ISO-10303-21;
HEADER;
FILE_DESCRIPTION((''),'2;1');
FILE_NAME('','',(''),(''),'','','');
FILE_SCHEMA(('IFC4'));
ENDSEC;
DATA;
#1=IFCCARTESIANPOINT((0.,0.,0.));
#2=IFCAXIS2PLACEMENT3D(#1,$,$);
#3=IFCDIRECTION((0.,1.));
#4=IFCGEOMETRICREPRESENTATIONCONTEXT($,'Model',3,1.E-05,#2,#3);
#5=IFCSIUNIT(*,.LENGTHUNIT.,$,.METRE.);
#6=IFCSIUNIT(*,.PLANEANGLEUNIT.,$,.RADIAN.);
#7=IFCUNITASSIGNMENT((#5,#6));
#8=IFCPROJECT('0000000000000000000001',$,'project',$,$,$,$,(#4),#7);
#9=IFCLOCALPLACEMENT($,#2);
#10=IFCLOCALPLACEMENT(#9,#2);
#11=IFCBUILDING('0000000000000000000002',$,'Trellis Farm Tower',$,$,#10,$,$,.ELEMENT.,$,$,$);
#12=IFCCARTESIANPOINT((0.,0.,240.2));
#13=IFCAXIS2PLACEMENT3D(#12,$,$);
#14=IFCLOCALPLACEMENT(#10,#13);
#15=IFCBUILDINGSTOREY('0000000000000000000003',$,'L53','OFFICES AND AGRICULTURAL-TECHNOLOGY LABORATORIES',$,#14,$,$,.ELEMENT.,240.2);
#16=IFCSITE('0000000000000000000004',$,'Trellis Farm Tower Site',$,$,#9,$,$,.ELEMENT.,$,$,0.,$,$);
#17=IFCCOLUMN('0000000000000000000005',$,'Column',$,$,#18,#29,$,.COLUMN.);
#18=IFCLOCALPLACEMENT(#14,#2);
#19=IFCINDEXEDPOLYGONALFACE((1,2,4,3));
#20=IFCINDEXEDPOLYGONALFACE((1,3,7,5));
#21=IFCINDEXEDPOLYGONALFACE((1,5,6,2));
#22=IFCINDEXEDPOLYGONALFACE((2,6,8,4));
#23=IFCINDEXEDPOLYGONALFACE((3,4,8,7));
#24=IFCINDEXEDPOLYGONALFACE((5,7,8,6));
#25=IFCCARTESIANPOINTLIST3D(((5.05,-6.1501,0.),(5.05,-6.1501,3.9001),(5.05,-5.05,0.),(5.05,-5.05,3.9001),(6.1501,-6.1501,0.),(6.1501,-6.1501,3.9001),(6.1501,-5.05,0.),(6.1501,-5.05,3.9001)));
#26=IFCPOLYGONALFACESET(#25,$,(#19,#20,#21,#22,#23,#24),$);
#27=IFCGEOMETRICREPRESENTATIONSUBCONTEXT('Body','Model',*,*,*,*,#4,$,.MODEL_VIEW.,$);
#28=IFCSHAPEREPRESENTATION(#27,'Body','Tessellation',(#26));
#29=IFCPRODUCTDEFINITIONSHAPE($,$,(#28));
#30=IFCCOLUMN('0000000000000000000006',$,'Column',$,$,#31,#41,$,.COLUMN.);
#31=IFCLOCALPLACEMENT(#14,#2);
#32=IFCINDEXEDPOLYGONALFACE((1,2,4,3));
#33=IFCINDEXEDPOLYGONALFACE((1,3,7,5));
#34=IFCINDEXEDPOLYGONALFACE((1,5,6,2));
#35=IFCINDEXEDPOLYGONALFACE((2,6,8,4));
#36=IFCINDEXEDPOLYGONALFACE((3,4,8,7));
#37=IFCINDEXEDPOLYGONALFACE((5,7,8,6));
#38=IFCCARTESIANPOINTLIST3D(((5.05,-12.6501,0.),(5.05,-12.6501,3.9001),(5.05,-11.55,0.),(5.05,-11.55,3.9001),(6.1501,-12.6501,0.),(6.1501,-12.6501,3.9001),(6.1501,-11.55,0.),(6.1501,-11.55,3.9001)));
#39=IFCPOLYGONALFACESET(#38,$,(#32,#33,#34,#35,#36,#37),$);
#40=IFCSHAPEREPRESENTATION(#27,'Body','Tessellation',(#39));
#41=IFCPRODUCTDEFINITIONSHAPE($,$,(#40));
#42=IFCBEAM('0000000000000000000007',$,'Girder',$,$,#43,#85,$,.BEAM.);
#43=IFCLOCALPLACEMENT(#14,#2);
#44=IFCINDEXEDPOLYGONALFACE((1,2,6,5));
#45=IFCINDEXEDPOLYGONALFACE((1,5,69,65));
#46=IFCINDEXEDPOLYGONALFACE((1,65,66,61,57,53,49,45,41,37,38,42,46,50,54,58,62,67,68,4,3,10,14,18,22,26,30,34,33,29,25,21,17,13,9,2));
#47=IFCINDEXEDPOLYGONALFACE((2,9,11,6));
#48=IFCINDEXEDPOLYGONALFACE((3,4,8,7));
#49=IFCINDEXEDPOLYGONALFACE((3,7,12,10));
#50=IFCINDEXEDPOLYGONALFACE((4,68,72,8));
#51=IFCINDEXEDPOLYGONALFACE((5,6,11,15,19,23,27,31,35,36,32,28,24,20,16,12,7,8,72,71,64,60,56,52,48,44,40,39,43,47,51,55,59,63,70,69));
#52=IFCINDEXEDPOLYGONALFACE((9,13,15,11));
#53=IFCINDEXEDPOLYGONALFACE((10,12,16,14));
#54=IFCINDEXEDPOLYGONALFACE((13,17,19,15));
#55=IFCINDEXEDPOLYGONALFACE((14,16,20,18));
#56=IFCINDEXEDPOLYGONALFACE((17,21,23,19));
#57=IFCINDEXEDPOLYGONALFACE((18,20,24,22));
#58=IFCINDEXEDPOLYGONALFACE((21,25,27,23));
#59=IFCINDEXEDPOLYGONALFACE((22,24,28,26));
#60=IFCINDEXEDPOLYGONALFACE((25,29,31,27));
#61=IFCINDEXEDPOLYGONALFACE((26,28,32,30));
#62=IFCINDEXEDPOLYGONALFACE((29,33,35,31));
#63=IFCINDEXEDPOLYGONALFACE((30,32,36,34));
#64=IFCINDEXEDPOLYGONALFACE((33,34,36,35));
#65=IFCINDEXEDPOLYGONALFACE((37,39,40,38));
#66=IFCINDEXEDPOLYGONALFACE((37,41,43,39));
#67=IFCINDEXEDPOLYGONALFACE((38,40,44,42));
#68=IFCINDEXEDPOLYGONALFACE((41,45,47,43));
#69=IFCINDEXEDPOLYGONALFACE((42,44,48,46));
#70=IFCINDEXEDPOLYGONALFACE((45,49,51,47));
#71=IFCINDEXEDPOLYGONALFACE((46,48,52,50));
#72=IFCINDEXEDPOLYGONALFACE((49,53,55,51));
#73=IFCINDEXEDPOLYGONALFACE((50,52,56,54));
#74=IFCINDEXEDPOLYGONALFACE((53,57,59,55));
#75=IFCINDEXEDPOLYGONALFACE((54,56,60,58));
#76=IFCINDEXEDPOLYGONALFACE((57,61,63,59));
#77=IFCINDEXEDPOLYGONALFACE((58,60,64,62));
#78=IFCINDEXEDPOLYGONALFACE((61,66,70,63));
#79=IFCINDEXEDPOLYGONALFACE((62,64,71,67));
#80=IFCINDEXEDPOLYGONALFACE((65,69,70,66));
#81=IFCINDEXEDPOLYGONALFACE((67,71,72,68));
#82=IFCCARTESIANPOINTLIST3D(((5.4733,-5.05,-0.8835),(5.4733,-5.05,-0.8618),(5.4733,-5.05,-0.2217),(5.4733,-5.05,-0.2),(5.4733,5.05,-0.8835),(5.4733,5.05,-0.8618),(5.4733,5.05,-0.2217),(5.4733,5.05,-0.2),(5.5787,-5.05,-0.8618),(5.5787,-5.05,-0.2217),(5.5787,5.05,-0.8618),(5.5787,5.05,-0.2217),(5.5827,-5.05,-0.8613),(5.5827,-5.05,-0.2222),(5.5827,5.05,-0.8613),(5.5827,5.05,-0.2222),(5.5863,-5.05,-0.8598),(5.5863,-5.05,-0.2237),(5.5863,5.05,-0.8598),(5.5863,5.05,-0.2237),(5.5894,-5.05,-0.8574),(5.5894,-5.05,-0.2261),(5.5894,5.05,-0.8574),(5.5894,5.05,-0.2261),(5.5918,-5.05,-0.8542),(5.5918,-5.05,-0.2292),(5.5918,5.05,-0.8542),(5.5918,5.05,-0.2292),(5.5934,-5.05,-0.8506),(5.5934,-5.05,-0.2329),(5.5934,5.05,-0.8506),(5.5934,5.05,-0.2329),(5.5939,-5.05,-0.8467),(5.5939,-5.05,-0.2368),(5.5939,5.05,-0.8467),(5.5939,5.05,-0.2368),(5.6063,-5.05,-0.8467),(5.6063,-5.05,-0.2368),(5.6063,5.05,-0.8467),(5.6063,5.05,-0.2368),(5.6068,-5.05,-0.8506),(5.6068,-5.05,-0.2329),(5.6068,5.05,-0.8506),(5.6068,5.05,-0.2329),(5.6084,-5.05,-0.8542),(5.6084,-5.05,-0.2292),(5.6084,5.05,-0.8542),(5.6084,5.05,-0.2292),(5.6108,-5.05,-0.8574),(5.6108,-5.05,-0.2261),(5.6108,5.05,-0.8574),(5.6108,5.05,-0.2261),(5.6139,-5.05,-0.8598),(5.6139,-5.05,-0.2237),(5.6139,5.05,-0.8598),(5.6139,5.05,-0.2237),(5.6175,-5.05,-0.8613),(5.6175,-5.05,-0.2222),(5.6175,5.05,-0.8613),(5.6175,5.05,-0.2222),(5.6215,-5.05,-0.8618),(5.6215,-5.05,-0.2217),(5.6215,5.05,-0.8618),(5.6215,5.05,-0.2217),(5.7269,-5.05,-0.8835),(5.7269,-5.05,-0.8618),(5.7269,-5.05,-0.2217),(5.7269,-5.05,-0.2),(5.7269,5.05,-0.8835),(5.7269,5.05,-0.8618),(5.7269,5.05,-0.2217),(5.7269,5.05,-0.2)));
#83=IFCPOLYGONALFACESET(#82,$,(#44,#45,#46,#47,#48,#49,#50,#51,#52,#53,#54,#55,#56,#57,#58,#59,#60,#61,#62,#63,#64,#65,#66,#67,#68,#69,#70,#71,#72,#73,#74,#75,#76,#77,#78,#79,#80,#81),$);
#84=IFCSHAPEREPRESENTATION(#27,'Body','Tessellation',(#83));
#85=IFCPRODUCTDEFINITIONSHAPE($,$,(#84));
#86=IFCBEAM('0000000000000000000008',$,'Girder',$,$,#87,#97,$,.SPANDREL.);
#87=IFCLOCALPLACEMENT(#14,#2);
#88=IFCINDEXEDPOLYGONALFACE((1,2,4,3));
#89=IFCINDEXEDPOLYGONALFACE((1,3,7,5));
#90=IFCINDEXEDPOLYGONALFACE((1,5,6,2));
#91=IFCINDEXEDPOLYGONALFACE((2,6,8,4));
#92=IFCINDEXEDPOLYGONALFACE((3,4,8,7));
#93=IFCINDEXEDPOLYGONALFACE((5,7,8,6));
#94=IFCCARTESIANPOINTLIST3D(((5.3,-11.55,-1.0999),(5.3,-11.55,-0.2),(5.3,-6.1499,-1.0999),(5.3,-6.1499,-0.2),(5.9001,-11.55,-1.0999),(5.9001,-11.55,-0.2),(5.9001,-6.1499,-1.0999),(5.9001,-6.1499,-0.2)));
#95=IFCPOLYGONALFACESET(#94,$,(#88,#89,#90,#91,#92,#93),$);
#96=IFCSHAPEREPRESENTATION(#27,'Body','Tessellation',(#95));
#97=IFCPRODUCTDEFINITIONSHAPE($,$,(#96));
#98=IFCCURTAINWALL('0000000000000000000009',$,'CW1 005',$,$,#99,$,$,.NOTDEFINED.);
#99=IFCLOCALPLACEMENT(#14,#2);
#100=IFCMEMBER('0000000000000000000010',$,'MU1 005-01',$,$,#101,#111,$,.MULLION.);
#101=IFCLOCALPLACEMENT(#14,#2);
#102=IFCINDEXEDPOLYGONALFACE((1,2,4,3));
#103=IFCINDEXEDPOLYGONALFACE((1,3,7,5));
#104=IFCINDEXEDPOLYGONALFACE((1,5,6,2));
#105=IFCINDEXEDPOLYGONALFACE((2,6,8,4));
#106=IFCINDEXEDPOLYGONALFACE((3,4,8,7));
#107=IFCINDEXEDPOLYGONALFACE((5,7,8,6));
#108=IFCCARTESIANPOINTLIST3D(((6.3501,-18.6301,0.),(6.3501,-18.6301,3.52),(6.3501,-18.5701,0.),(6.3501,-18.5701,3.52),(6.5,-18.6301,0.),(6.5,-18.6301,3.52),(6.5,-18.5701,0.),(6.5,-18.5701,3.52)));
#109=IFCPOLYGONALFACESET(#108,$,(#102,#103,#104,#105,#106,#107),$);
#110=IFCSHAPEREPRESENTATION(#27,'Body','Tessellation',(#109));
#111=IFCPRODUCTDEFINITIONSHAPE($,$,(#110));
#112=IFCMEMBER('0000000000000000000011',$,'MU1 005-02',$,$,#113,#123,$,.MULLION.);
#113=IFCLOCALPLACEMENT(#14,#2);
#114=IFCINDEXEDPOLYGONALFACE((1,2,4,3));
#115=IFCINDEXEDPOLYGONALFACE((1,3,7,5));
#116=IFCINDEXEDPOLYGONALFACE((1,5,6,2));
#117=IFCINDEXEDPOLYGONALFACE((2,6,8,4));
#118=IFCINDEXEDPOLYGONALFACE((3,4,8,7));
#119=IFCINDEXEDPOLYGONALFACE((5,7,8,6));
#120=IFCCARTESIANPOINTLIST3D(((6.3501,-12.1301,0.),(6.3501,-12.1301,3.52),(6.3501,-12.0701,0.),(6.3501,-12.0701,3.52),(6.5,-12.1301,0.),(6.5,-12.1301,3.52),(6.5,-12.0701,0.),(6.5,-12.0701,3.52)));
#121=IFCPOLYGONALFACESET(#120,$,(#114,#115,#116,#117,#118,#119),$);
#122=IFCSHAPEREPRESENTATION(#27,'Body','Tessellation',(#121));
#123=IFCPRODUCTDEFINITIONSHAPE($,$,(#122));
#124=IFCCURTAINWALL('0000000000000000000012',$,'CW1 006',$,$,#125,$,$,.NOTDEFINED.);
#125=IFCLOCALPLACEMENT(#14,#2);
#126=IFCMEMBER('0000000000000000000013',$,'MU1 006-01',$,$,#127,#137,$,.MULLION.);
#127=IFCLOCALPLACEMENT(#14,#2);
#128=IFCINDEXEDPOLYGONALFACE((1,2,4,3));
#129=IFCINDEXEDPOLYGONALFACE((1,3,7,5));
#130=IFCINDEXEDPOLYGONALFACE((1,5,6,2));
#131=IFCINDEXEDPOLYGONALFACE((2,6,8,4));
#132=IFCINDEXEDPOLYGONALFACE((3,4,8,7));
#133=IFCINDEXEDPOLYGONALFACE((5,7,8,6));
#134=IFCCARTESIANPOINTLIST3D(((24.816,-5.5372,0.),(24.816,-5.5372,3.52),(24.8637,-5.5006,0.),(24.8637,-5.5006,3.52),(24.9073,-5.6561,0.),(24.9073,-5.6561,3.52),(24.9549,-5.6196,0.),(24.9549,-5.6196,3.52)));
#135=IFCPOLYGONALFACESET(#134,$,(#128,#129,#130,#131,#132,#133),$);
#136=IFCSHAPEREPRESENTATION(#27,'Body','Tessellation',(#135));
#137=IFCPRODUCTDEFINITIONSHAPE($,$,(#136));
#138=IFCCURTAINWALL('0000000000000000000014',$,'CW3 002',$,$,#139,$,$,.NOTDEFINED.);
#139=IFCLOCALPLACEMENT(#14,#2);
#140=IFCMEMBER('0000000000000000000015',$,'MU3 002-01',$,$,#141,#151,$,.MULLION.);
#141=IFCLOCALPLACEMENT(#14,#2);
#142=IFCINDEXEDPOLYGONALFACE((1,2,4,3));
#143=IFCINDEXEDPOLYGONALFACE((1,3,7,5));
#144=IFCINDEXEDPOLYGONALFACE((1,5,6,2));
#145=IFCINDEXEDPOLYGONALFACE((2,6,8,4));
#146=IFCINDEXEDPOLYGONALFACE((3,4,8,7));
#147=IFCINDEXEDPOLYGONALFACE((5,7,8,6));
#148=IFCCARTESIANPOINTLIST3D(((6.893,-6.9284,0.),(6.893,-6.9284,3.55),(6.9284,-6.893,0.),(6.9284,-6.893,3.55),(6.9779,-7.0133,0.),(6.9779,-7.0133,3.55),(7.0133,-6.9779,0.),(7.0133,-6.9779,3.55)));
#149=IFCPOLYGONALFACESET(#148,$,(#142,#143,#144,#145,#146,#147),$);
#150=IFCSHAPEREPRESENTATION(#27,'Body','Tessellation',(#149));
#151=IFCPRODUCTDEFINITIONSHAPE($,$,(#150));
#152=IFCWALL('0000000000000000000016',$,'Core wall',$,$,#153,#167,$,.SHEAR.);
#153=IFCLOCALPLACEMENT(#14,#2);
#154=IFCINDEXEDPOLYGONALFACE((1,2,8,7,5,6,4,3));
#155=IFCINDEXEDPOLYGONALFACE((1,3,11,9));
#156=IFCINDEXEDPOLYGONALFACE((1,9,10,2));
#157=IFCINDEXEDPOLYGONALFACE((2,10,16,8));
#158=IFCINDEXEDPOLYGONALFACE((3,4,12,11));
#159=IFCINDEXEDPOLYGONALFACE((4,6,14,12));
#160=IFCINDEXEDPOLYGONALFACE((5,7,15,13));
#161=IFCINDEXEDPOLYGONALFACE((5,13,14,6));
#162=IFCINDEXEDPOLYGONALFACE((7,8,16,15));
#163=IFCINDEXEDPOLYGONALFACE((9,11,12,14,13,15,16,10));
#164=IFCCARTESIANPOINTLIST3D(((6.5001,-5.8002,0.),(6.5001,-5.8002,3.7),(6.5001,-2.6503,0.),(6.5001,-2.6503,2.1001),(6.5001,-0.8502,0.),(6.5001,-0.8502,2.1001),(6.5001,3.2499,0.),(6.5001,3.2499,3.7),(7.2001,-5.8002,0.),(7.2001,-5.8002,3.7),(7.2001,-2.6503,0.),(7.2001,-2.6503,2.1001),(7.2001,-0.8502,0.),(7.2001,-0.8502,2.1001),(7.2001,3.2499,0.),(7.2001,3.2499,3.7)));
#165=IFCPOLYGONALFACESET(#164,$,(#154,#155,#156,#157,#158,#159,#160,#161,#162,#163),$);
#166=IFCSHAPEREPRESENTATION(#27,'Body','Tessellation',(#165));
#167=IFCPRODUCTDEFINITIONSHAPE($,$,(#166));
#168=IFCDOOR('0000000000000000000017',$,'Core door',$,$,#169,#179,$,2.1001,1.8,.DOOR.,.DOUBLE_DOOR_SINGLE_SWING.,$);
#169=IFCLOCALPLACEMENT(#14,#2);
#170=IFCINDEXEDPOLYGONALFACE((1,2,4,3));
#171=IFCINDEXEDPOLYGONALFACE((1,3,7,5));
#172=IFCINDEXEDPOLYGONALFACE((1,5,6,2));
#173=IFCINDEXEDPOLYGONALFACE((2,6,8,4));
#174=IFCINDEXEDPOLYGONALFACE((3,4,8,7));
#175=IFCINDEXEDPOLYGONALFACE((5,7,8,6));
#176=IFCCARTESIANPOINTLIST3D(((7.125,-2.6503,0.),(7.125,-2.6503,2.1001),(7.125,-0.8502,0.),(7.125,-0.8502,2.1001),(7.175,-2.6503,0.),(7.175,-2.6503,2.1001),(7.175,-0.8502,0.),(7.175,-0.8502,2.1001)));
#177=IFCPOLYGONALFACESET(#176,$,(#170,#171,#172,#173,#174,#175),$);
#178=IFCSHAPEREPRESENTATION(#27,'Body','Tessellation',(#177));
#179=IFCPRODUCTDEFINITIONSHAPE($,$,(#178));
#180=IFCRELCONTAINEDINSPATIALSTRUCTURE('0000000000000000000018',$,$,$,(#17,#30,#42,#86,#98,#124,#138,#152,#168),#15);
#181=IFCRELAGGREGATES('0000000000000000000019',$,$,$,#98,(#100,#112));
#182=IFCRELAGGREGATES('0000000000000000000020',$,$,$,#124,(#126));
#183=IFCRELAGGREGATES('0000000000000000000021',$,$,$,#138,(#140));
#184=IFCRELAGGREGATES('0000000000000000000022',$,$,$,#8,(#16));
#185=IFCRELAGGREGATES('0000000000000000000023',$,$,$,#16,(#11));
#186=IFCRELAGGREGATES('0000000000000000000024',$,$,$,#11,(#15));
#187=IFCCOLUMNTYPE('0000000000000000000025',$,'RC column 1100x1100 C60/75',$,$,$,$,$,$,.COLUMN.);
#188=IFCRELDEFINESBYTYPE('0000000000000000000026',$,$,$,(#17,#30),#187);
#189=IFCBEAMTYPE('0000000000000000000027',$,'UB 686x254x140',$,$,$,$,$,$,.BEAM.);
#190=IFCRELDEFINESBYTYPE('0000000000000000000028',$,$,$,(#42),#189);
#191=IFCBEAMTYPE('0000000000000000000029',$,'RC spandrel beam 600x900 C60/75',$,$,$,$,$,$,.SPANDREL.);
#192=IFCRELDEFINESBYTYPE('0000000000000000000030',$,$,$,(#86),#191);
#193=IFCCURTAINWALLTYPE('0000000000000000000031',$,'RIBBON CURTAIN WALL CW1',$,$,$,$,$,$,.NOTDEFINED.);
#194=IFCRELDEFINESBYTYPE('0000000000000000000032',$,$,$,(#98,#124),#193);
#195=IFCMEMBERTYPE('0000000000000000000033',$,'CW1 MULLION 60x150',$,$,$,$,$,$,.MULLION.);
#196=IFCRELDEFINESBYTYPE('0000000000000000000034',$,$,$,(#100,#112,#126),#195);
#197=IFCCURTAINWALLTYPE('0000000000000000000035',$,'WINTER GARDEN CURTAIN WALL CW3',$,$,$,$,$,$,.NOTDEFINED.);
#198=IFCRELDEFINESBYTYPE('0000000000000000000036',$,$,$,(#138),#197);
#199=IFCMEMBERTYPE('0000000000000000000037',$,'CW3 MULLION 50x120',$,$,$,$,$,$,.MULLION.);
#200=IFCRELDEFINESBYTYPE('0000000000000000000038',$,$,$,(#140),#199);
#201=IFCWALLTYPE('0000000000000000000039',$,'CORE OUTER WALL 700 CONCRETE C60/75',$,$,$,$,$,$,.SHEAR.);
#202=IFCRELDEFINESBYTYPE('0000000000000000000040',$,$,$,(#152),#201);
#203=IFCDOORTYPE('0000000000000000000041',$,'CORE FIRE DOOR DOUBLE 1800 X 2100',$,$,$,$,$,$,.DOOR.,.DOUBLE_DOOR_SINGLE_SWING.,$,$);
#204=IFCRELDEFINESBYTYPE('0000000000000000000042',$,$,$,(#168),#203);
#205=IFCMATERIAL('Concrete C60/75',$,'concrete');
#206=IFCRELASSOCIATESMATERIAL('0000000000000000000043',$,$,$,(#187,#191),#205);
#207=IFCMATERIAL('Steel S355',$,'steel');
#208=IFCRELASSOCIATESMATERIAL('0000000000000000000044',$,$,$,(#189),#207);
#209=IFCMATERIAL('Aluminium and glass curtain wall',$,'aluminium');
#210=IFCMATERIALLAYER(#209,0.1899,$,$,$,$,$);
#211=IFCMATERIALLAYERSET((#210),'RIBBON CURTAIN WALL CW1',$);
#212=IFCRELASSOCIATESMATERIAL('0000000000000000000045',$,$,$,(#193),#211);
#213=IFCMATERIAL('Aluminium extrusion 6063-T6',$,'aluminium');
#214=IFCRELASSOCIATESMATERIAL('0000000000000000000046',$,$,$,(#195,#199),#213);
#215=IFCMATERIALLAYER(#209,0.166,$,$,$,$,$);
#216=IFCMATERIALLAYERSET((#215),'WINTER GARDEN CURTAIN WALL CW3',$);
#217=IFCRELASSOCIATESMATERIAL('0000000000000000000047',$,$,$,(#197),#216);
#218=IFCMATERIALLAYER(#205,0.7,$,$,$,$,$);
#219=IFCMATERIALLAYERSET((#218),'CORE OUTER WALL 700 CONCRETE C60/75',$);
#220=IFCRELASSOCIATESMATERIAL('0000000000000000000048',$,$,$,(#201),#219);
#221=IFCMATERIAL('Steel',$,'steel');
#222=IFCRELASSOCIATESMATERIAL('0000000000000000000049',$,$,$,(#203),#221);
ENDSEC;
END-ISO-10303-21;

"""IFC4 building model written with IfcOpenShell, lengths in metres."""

from ifc_helpers import new_model, si_unit, direction, frame, frame_2d, origin, origin_2d, place, context, subcontext, project, spatial, rectangle, i_section, extrude, source, transform, mapped, material, layer, layer_set, material_profile, profile_set, type_object, element, fill, aggregate, save


model = new_model("IFC4")

# Units and contexts
model_context = context("Model", 3, precision=1e-05, world=origin(), true_north=direction((0.0, 1.0)))
body_context = subcontext(model_context, "Body", "Model", "MODEL_VIEW")
ifc_project = project(units=[si_unit("LENGTHUNIT", "METRE"), si_unit("PLANEANGLEUNIT", "RADIAN")], contexts=[model_context])

# Site, building, storey
site_placement = place(None, origin())
site = spatial("IfcSite", under=ifc_project, at=site_placement, Name="Trellis Farm Tower Site", CompositionType="ELEMENT", RefElevation=0.0)
building_placement = place(site_placement, origin())
building = spatial("IfcBuilding", under=site, at=building_placement, Name="Trellis Farm Tower", CompositionType="ELEMENT")
storey_placement = place(building_placement, frame((0.0, 0.0, 240.2)))
storey = spatial("IfcBuildingStorey", under=building, at=storey_placement, Name="L53", Description="OFFICES AND AGRICULTURAL-TECHNOLOGY LABORATORIES", CompositionType="ELEMENT", Elevation=240.2)

# Columns
ifc_material_1 = material(Name="Concrete C60/75", Category="concrete")
ifc_material_profile_1 = material_profile(ifc_material_1, rectangle(XDim=1.1001, YDim=1.1001, at=origin_2d()), Name="RC column 1100x1100 C60/75")
ifc_profile_set_1 = profile_set([ifc_material_profile_1], Name="Concrete C60/75")
column_type = type_object("IfcColumnType", Name="RC column 1100x1100 C60/75", PredefinedType="COLUMN", material=ifc_profile_set_1)
shared_shape_1 = source(origin(), body_context, "Body", "SweptSolid", [
    extrude(rectangle(XDim=1.1001, YDim=1.1001, at=origin_2d()), origin(), (0.0, 0.0, 1.0), 3.9001),
])
for number, where, z_axis, x_axis, name in (
    (1, (5.6001, -5.6001, 0.0), (0.0, 0.0, 1.0), (1.0, 0.0, 0.0), "Column"),
    (2, (5.6001, -12.1001, 0.0), (0.0, 0.0, 1.0), (1.0, 0.0, 0.0), "Column"),
):
    element("IfcColumn", number, at=place(storey_placement, frame(where, z_axis=z_axis, x_axis=x_axis)), inside=storey, type_object=column_type, Name=name, PredefinedType="COLUMN", context=body_context, shape_type="MappedRepresentation", body=[
        mapped(shared_shape_1, transform((0.0, 0.0, 0.0))),
    ])

# Beams
ifc_material_2 = material(Name="Steel S355", Category="steel")
ifc_material_profile_2 = material_profile(ifc_material_2, i_section(OverallWidth=0.2537, OverallDepth=0.6836, WebThickness=0.0125, FlangeThickness=0.0217, FilletRadius=0.0151, at=origin_2d()), Name="UB 686x254x140")
ifc_profile_set_2 = profile_set([ifc_material_profile_2], Name="Steel S355")
beam_type_1 = type_object("IfcBeamType", Name="UB 686x254x140", PredefinedType="BEAM", material=ifc_profile_set_2)
shared_shape_2 = source(origin(), body_context, "Body", "SweptSolid", [
    extrude(i_section(OverallWidth=0.2537, OverallDepth=0.6836, WebThickness=0.0125, FlangeThickness=0.0217, FilletRadius=0.0151, at=origin_2d()), origin(), (0.0, 0.0, 1.0), 10.1001),
])
beam_1_placement = place(storey_placement, frame((5.6001, -5.05, -0.5417), z_axis=(0.0, 1.0, 0.0), x_axis=(-1.0, 0.0, 0.0)))
element("IfcBeam", 3, at=beam_1_placement, inside=storey, type_object=beam_type_1, Name="Girder", PredefinedType="BEAM", context=body_context, shape_type="MappedRepresentation", body=[
    mapped(shared_shape_2, transform((0.0, 0.0, 0.0))),
])
ifc_material_profile_3 = material_profile(ifc_material_1, rectangle(XDim=0.6001, YDim=0.8999, at=origin_2d()), Name="RC spandrel beam 600x900 C60/75")
ifc_profile_set_3 = profile_set([ifc_material_profile_3], Name="Concrete C60/75")
beam_type_2 = type_object("IfcBeamType", Name="RC spandrel beam 600x900 C60/75", PredefinedType="SPANDREL", material=ifc_profile_set_3)
shared_shape_3 = source(origin(), body_context, "Body", "SweptSolid", [
    extrude(rectangle(XDim=0.6001, YDim=0.8999, at=origin_2d()), origin(), (0.0, 0.0, 1.0), 5.4001),
])
beam_2_placement = place(storey_placement, frame((5.6001, -11.55, -0.6499), z_axis=(0.0, 1.0, 0.0), x_axis=(-1.0, 0.0, 0.0)))
element("IfcBeam", 4, at=beam_2_placement, inside=storey, type_object=beam_type_2, Name="Girder", PredefinedType="SPANDREL", context=body_context, shape_type="MappedRepresentation", body=[
    mapped(shared_shape_3, transform((0.0, 0.0, 0.0))),
])

# Curtain wall, members
ifc_material_3 = material(Name="Aluminium and glass curtain wall", Category="aluminium")
ifc_layer_1 = layer(ifc_material_3, 0.1899)
ifc_layer_set_1 = layer_set([ifc_layer_1], Name="RIBBON CURTAIN WALL CW1")
curtain_wall_type_1 = type_object("IfcCurtainWallType", Name="RIBBON CURTAIN WALL CW1", PredefinedType="NOTDEFINED", material=ifc_layer_set_1)
placement = place(storey_placement, origin())
curtain_wall_1 = element("IfcCurtainWall", 5, at=placement, inside=storey, type_object=curtain_wall_type_1, Name="CW1 005", PredefinedType="NOTDEFINED")
ifc_material_4 = material(Name="Aluminium extrusion 6063-T6", Category="aluminium")
ifc_material_profile_4 = material_profile(ifc_material_4, rectangle(XDim=0.0601, YDim=0.1499, at=origin_2d()), Name="MULLION 60x150")
ifc_profile_set_4 = profile_set([ifc_material_profile_4], Name="Aluminium extrusion 6063-T6")
member_type_1 = type_object("IfcMemberType", Name="CW1 MULLION 60x150", PredefinedType="MULLION", material=ifc_profile_set_4)
shared_shape_4 = source(origin(), body_context, "Body", "SweptSolid", [
    extrude(rectangle(XDim=0.0601, YDim=0.1499, at=origin_2d()), origin(), (0.0, 0.0, 1.0), 3.52),
])
member_1_placement = place(storey_placement, frame((6.425, -18.6001, 0.0), z_axis=(0.0, 0.0, 1.0), x_axis=(0.0, 1.0, 0.0)))
member_1 = element("IfcMember", 6, at=member_1_placement, type_object=member_type_1, Name="MU1 005-01", PredefinedType="MULLION", context=body_context, shape_type="MappedRepresentation", body=[
    mapped(shared_shape_4, transform((0.0, 0.0, 0.0))),
])
member_2_placement = place(storey_placement, frame((6.425, -12.1001, 0.0), z_axis=(0.0, 0.0, 1.0), x_axis=(0.0, 1.0, 0.0)))
member_2 = element("IfcMember", 7, at=member_2_placement, type_object=member_type_1, Name="MU1 005-02", PredefinedType="MULLION", context=body_context, shape_type="MappedRepresentation", body=[
    mapped(shared_shape_4, transform((0.0, 0.0, 0.0))),
])
aggregate(curtain_wall_1, [member_1, member_2])

# Curtain walls, members
curtain_wall_2 = element("IfcCurtainWall", 8, at=placement, inside=storey, type_object=curtain_wall_type_1, Name="CW1 006", PredefinedType="NOTDEFINED")
member_3_placement = place(storey_placement, frame((24.8855, -5.5784, 0.0), z_axis=(0.0, 0.0, 1.0), x_axis=(0.793353, 0.608761, 0.0)))
member_3 = element("IfcMember", 9, at=member_3_placement, type_object=member_type_1, Name="MU1 006-01", PredefinedType="MULLION", context=body_context, shape_type="MappedRepresentation", body=[
    mapped(shared_shape_4, transform((0.0, 0.0, 0.0))),
])
aggregate(curtain_wall_2, [member_3])
ifc_layer_2 = layer(ifc_material_3, 0.166)
ifc_layer_set_2 = layer_set([ifc_layer_2], Name="WINTER GARDEN CURTAIN WALL CW3")
curtain_wall_type_2 = type_object("IfcCurtainWallType", Name="WINTER GARDEN CURTAIN WALL CW3", PredefinedType="NOTDEFINED", material=ifc_layer_set_2)
curtain_wall_3 = element("IfcCurtainWall", 10, at=placement, inside=storey, type_object=curtain_wall_type_2, Name="CW3 002", PredefinedType="NOTDEFINED")
ifc_material_profile_5 = material_profile(ifc_material_4, rectangle(XDim=0.05, YDim=0.1201, at=origin_2d()), Name="MULLION 50x120")
ifc_profile_set_5 = profile_set([ifc_material_profile_5], Name="Aluminium extrusion 6063-T6")
member_type_2 = type_object("IfcMemberType", Name="CW3 MULLION 50x120", PredefinedType="MULLION", material=ifc_profile_set_5)
shared_shape_5 = source(origin(), body_context, "Body", "SweptSolid", [
    extrude(rectangle(XDim=0.05, YDim=0.1201, at=origin_2d()), origin(), (0.0, 0.0, 1.0), 3.55),
])
member_4_placement = place(storey_placement, frame((6.9531, -6.9531, 0.0), z_axis=(0.0, 0.0, 1.0), x_axis=(0.707107, 0.707107, 0.0)))
member_4 = element("IfcMember", 11, at=member_4_placement, type_object=member_type_2, Name="MU3 002-01", PredefinedType="MULLION", context=body_context, shape_type="MappedRepresentation", body=[
    mapped(shared_shape_5, transform((0.0, 0.0, 0.0))),
])
aggregate(curtain_wall_3, [member_4])

# Wall, opening, door
ifc_layer_3 = layer(ifc_material_1, 0.7)
ifc_layer_set_3 = layer_set([ifc_layer_3], Name="CORE OUTER WALL 700 CONCRETE C60/75")
wall_type_1 = type_object("IfcWallType", Name="CORE OUTER WALL 700 CONCRETE C60/75", PredefinedType="SHEAR", material=ifc_layer_set_3)
shared_shape_6 = source(origin(), body_context, "Body", "SweptSolid", [
    extrude(rectangle(XDim=9.05, YDim=0.7, at=frame_2d((4.5249, 0.0))), origin(), (0.0, 0.0, 1.0), 3.7),
])
wall_1_placement = place(storey_placement, frame((6.8501, -5.8, 0.0), z_axis=(0.0, 0.0, 1.0), x_axis=(0.0, 1.0, 0.0)))
wall_1 = element("IfcWall", 12, at=wall_1_placement, inside=storey, type_object=wall_type_1, Name="Core wall", PredefinedType="SHEAR", context=body_context, shape_type="MappedRepresentation", body=[
    mapped(shared_shape_6, transform((0.0, 0.0, 0.0))),
])
shared_shape_7 = source(origin(), body_context, "Body", "SweptSolid", [
    extrude(rectangle(XDim=1.8, YDim=2.1001, at=frame_2d((0.8999, 1.05))), frame((0.0, 0.3601, 0.0), z_axis=(0.0, -1.0, 0.0), x_axis=(1.0, 0.0, 0.0)), (0.0, 0.0, 1.0), 0.7202),
])
opening_1_placement = place(wall_1_placement, frame((3.1499, 0.0, 0.0)))
opening_1 = element("IfcOpeningElement", 13, at=opening_1_placement, cuts=wall_1, PredefinedType="OPENING", context=body_context, shape_type="MappedRepresentation", body=[
    mapped(shared_shape_7, transform((0.0, 0.0, 0.0))),
])
ifc_material_5 = material(Name="Steel", Category="steel")
door_type_1 = type_object("IfcDoorType", Name="CORE FIRE DOOR DOUBLE 1800 X 2100", OperationType="DOUBLE_DOOR_SINGLE_SWING", PredefinedType="DOOR", material=ifc_material_5)
shared_shape_8 = source(origin(), body_context, "Body", "SweptSolid", [
    extrude(rectangle(XDim=1.8, YDim=2.1001, at=frame_2d((0.8999, 1.05))), frame((0.0, -0.2749, 0.0), z_axis=(0.0, -1.0, 0.0), x_axis=(1.0, 0.0, 0.0)), (0.0, 0.0, 1.0), 0.05),
])
door_1_placement = place(opening_1_placement, origin())
door_1 = element("IfcDoor", 14, at=door_1_placement, inside=storey, type_object=door_type_1, Name="Core door", OperationType="DOUBLE_DOOR_SINGLE_SWING", OverallHeight=2.1001, OverallWidth=1.8, PredefinedType="DOOR", context=body_context, shape_type="MappedRepresentation", body=[
    mapped(shared_shape_8, transform((0.0, 0.0, 0.0))),
])
fill(opening_1, door_1)

save(model, "model.ifc")
